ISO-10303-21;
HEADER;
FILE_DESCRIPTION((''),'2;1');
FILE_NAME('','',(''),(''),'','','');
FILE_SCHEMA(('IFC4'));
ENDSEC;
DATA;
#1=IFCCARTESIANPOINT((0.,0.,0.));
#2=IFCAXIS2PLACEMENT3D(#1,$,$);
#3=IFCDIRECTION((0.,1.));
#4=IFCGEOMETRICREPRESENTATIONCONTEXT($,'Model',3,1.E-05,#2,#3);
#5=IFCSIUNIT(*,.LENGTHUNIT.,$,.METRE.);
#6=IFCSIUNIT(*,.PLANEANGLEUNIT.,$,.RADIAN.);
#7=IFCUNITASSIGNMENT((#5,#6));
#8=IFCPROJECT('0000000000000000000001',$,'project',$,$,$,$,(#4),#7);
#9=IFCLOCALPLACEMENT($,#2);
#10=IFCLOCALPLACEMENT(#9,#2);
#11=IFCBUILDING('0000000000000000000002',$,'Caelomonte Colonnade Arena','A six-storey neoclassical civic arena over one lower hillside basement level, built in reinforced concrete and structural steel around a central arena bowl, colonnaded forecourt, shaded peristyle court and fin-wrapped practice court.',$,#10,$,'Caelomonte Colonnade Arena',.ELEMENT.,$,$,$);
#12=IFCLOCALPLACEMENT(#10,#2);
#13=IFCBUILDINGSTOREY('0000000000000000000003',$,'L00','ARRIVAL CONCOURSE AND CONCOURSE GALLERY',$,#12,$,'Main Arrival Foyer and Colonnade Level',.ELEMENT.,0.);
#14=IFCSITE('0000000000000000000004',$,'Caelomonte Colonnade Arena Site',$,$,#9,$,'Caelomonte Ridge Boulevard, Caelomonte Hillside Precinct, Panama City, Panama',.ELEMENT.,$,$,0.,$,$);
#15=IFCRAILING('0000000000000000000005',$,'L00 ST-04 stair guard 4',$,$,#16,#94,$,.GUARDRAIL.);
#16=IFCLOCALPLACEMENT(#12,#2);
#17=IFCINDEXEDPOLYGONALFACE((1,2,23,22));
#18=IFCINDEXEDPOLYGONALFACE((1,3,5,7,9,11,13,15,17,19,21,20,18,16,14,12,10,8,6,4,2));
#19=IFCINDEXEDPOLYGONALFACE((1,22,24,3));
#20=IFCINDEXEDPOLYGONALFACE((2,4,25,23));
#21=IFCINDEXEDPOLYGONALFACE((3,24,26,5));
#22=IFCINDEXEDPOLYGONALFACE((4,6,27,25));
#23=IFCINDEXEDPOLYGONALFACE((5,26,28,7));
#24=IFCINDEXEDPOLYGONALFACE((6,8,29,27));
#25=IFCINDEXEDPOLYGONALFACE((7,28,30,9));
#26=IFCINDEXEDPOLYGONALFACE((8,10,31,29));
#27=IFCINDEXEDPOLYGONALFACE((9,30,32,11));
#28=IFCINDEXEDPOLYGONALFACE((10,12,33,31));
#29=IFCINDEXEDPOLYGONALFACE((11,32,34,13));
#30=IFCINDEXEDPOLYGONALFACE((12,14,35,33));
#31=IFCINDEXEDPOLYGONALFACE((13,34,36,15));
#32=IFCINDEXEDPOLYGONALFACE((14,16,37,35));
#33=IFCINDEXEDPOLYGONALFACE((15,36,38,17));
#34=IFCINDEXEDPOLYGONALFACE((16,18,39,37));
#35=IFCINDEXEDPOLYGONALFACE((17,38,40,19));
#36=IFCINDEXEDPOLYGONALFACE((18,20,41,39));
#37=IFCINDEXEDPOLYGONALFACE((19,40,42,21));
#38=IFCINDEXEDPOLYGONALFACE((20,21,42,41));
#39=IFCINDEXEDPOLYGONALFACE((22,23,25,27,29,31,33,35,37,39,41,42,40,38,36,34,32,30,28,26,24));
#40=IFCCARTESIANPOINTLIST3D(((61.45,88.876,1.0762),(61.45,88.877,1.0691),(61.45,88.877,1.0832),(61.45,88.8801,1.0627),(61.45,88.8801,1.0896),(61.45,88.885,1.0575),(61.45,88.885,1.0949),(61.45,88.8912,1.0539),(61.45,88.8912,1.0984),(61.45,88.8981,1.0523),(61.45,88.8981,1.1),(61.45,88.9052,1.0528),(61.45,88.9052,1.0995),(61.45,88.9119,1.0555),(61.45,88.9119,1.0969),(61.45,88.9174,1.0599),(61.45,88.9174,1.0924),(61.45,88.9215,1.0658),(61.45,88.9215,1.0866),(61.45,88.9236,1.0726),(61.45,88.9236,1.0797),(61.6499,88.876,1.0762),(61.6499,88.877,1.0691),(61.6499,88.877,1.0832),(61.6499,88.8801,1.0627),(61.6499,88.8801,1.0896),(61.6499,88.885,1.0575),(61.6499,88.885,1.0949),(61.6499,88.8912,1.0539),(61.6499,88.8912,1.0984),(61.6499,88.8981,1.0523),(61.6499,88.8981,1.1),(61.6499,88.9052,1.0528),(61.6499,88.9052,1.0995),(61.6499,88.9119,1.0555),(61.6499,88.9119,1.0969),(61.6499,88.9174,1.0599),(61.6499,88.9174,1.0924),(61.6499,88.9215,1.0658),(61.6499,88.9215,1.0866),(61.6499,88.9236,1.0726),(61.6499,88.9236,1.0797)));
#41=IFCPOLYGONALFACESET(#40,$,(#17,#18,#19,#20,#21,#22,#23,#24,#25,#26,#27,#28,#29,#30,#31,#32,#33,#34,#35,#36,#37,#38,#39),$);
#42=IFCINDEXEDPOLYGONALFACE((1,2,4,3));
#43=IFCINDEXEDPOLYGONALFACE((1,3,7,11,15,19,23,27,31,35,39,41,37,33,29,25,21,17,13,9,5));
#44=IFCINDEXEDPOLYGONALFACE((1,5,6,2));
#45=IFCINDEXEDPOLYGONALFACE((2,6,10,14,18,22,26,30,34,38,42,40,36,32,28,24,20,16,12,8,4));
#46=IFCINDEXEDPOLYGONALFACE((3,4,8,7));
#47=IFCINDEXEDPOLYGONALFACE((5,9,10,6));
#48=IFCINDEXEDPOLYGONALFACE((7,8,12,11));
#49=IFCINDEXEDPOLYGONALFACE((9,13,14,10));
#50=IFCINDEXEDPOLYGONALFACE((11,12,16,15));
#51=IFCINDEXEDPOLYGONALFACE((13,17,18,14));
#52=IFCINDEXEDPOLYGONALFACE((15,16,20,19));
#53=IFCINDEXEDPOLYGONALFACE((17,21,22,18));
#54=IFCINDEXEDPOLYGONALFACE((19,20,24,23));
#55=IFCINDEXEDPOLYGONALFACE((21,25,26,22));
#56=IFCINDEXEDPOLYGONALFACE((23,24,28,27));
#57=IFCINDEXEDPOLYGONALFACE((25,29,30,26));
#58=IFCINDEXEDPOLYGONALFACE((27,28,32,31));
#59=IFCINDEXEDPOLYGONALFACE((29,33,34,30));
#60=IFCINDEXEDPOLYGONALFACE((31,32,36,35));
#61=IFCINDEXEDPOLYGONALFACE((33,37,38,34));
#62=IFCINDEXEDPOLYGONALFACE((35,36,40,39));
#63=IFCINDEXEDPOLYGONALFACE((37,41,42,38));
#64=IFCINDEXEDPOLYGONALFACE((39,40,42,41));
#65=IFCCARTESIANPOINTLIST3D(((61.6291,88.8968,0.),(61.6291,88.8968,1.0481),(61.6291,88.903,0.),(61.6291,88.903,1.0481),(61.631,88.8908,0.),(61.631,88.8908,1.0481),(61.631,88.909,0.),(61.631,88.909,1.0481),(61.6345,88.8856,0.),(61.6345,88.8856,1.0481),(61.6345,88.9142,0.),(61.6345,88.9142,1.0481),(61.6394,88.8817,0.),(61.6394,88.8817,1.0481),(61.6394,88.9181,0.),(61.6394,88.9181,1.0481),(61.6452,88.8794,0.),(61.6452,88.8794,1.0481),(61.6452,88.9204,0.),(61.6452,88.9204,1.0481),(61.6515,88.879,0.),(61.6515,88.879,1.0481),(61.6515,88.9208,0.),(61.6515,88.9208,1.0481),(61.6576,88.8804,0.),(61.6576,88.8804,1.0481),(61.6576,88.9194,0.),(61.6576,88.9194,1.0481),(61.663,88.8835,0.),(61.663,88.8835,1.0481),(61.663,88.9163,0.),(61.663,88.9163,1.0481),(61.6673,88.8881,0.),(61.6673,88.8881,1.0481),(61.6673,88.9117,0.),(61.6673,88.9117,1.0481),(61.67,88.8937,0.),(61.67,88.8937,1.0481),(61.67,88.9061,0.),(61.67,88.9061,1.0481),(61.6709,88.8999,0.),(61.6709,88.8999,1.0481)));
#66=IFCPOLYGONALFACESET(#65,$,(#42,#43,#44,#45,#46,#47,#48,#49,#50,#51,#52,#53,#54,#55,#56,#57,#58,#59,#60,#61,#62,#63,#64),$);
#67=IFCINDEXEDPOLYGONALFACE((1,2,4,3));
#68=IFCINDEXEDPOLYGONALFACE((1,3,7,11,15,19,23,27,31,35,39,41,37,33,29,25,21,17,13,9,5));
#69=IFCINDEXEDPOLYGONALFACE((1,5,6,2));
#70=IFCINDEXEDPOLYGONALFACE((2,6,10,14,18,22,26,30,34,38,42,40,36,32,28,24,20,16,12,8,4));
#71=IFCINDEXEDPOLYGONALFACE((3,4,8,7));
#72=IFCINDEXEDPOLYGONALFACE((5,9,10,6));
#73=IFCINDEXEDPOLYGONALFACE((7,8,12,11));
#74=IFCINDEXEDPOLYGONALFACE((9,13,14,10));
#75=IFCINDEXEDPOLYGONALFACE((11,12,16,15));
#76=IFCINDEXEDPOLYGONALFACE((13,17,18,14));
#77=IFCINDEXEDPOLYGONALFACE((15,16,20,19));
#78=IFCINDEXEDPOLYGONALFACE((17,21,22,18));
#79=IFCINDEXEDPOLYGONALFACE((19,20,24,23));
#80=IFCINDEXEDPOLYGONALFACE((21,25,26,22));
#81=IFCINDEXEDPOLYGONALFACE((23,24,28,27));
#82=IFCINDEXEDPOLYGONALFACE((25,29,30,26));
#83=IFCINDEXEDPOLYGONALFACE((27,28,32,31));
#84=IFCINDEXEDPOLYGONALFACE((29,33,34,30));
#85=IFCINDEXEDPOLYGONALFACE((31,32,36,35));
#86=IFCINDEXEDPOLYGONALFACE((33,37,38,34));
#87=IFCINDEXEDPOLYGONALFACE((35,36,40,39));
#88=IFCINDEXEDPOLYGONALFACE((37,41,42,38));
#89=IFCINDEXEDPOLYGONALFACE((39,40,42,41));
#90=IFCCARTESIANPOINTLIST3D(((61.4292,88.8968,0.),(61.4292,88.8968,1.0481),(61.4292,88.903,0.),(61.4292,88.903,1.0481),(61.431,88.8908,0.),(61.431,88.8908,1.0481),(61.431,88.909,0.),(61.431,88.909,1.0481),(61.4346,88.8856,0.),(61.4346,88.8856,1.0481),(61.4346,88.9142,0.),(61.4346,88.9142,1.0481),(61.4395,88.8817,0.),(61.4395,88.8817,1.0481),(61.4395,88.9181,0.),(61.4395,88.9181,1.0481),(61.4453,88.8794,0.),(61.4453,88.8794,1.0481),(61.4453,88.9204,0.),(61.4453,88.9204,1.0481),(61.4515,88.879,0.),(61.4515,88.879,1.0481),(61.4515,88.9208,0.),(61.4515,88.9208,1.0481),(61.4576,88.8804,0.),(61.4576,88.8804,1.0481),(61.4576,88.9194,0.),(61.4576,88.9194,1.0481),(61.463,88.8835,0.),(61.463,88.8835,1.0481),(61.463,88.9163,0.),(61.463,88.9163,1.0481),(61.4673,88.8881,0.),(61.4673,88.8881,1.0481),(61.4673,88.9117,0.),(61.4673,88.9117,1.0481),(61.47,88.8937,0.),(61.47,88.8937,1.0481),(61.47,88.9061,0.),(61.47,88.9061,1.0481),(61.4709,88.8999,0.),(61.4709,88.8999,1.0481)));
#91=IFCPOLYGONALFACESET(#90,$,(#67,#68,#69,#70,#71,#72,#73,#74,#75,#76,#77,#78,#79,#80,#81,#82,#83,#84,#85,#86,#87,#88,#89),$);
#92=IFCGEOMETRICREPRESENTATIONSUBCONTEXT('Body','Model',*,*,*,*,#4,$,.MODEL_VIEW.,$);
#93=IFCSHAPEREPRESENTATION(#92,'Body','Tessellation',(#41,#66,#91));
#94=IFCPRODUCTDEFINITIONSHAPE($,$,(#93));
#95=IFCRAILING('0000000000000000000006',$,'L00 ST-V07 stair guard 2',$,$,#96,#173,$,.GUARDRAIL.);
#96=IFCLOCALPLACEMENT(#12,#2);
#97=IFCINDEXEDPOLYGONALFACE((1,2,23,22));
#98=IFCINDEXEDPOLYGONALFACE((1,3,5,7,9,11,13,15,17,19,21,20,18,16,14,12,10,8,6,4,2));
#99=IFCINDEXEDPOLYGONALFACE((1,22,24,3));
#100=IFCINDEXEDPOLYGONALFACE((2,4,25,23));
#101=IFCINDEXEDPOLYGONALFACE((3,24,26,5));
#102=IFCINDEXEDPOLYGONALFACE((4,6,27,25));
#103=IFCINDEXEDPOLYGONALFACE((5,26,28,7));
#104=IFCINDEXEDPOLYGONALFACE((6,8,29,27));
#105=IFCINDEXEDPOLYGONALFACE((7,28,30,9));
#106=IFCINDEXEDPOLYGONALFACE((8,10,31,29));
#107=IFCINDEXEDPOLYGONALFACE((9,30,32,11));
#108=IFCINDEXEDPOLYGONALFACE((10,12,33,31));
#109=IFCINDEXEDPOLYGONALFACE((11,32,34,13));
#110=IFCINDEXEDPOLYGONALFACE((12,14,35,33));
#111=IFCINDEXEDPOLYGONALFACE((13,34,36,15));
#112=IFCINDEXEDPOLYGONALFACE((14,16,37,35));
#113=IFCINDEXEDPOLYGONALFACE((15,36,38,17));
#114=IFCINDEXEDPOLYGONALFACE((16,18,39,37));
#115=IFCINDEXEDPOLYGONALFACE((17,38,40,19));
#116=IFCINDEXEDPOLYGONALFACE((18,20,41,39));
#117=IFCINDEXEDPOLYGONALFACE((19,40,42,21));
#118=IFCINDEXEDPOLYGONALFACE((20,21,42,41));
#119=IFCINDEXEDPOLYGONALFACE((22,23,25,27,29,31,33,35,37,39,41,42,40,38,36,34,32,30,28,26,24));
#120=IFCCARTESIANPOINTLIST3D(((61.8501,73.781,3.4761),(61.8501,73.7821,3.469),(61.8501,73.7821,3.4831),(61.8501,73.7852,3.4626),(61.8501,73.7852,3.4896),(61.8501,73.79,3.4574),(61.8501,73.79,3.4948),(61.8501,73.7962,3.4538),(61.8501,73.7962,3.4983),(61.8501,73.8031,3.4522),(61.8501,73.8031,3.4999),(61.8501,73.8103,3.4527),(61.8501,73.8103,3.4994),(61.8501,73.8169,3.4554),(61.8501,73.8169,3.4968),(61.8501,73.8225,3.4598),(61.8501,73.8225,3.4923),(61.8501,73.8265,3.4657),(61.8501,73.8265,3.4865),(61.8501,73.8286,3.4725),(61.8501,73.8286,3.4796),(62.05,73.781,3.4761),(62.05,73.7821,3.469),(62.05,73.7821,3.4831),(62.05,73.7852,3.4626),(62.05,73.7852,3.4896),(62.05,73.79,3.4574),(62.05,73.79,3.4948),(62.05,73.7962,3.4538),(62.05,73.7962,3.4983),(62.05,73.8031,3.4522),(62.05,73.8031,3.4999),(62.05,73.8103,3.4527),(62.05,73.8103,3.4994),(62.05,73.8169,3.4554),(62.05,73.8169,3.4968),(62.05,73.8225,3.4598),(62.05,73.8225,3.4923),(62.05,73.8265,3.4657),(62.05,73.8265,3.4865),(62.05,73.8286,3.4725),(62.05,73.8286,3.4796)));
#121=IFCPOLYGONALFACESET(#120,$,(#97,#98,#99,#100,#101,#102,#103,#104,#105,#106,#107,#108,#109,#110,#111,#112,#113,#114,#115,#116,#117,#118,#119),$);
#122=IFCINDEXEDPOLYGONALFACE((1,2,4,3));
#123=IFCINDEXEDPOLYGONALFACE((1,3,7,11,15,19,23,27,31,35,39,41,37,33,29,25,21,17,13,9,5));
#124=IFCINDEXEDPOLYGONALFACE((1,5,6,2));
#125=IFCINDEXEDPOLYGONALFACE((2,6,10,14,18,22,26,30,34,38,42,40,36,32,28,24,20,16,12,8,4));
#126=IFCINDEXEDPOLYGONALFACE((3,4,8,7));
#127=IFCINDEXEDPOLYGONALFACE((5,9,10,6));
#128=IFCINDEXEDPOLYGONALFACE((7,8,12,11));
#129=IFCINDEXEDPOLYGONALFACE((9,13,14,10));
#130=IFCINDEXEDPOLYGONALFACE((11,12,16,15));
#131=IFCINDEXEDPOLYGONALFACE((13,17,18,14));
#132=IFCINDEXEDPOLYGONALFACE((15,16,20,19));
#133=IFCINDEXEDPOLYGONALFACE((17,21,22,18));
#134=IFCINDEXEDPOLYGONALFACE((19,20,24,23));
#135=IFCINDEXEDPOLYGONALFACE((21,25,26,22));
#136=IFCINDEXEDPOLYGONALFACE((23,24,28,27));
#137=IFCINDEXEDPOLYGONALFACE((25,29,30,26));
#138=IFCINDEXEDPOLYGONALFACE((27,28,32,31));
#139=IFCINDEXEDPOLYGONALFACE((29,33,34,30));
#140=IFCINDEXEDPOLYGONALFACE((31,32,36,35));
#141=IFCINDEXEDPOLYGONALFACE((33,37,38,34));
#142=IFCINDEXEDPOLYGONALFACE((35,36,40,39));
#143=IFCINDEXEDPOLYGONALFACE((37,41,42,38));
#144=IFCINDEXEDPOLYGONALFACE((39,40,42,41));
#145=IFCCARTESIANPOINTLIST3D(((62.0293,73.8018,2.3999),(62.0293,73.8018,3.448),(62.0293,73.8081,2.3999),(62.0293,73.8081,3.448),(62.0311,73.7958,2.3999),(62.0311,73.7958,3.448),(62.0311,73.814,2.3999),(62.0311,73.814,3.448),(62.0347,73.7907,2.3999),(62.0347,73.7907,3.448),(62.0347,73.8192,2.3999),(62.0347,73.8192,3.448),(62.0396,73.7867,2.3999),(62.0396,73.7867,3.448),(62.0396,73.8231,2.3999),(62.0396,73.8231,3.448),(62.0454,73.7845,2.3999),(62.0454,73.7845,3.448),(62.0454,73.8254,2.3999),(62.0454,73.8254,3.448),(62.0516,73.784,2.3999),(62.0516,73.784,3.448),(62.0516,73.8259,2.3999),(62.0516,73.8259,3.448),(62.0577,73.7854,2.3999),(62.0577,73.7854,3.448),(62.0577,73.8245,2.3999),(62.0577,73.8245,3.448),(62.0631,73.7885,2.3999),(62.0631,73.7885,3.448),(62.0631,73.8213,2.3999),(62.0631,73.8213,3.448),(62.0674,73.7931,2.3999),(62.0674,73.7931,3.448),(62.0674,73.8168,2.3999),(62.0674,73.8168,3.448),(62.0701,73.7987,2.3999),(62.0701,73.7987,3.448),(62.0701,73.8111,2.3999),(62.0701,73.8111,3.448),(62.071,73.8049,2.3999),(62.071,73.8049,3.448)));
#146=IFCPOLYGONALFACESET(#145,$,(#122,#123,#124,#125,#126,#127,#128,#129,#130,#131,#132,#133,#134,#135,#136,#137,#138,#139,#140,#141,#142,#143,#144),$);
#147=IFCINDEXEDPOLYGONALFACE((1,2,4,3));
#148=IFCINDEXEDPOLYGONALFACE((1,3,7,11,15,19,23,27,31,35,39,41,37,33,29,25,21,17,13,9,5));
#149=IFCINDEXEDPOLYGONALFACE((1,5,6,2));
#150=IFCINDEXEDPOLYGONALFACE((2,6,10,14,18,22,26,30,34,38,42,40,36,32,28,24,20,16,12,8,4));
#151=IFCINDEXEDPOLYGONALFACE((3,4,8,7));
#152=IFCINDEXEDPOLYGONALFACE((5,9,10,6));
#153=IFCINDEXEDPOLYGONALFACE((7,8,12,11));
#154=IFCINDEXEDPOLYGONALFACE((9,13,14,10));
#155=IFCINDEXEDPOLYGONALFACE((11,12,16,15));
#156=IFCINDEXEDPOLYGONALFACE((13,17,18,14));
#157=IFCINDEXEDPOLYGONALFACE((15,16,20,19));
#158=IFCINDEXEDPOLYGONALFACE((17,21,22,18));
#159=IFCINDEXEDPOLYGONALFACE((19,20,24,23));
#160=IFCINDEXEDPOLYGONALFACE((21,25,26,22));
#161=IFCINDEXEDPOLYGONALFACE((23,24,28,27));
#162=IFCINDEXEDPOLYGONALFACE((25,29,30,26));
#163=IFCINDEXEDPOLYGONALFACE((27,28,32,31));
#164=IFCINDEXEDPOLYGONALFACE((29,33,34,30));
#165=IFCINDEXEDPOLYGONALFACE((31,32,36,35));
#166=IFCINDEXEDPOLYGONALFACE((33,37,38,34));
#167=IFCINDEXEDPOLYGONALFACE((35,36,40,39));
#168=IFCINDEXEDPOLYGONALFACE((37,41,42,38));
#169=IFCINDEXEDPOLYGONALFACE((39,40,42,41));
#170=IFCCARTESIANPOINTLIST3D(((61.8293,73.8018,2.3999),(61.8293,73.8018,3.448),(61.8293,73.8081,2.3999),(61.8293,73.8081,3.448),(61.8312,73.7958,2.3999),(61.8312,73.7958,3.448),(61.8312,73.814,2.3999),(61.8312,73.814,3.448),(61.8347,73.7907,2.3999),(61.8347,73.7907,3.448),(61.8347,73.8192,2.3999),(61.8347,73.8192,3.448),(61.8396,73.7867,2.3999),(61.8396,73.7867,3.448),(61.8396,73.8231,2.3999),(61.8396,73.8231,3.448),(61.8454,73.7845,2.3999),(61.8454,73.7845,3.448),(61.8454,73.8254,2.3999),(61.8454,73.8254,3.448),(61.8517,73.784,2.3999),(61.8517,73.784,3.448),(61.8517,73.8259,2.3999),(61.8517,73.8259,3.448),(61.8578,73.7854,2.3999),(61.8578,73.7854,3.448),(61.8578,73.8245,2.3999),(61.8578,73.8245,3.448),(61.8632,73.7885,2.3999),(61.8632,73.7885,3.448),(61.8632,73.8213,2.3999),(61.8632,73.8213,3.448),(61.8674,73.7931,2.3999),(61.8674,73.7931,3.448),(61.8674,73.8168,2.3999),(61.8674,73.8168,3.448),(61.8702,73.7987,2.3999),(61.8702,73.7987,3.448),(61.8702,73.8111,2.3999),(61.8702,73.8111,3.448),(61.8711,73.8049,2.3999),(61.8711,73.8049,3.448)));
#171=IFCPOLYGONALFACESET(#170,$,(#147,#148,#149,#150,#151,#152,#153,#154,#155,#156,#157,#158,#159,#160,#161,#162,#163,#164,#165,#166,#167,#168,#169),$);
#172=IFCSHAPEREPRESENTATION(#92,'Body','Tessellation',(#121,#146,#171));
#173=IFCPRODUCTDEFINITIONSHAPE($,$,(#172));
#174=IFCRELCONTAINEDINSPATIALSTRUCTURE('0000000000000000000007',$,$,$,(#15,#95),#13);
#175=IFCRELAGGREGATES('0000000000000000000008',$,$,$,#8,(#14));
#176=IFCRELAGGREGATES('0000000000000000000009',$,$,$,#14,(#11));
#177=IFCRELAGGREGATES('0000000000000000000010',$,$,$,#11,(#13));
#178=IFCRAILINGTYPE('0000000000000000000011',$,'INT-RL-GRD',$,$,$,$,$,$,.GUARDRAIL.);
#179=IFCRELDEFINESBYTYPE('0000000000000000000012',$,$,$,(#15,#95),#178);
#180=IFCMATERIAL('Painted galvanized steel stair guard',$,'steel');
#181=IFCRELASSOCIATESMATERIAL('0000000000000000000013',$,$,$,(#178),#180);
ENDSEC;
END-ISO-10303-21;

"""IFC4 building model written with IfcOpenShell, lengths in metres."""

from ifc_helpers import new_model, si_unit, direction, frame, origin, origin_2d, place, context, subcontext, project, spatial, circle, extrude, material, type_object, element, save


model = new_model("IFC4")

# Units and contexts
model_context = context("Model", 3, precision=1e-05, world=origin(), true_north=direction((0.0, 1.0)))
body_context = subcontext(model_context, "Body", "Model", "MODEL_VIEW")
ifc_project = project(units=[si_unit("LENGTHUNIT", "METRE"), si_unit("PLANEANGLEUNIT", "RADIAN")], contexts=[model_context])

# Site, building, storey
site_placement = place(None, origin())
site = spatial("IfcSite", under=ifc_project, at=site_placement, Name="Caelomonte Colonnade Arena Site", LongName="Caelomonte Ridge Boulevard, Caelomonte Hillside Precinct, Panama City, Panama", CompositionType="ELEMENT", RefElevation=0.0)
building_placement = place(site_placement, origin())
building = spatial("IfcBuilding", under=site, at=building_placement, Name="Caelomonte Colonnade Arena", Description="A six-storey neoclassical civic arena over one lower hillside basement level, built in reinforced concrete and structural steel around a central arena bowl, colonnaded forecourt, shaded peristyle court and fin-wrapped practice court.", LongName="Caelomonte Colonnade Arena", CompositionType="ELEMENT")
storey_placement = place(building_placement, origin())
storey = spatial("IfcBuildingStorey", under=building, at=storey_placement, Name="L00", Description="ARRIVAL CONCOURSE AND CONCOURSE GALLERY", LongName="Main Arrival Foyer and Colonnade Level", CompositionType="ELEMENT", Elevation=0.0)

# Railings
ifc_material_1 = material(Name="Painted galvanized steel stair guard", Category="steel")
railing_type_1 = type_object("IfcRailingType", Name="INT-RL-GRD", PredefinedType="GUARDRAIL", material=ifc_material_1)
for number, where, name in (
    (1, (61.6499, 88.8999, 0.0), "L00 ST-04 stair guard 4"),
    (2, (62.05, 73.8049, 2.3999), "L00 ST-V07 stair guard 2"),
):
    element("IfcRailing", number, at=place(storey_placement, frame(where)), inside=storey, type_object=railing_type_1, Name=name, PredefinedType="GUARDRAIL", context=body_context, shape_type="SweptSolid", body=[
        extrude(circle(Radius=0.0239, at=origin_2d()), frame((0.0, 0.0, 1.0762), z_axis=(-1.0, 0.0, 0.0), x_axis=(0.0, -1.0, 0.0)), (0.0, 0.0, 1.0), 0.2),
        extrude(circle(Radius=0.021, at=origin_2d()), origin(), (0.0, 0.0, 1.0), 1.0481),
        extrude(circle(Radius=0.021, at=origin_2d()), frame((-0.2, 0.0, 0.0)), (0.0, 0.0, 1.0), 1.0481),
    ])

save(model, "model.ifc")
